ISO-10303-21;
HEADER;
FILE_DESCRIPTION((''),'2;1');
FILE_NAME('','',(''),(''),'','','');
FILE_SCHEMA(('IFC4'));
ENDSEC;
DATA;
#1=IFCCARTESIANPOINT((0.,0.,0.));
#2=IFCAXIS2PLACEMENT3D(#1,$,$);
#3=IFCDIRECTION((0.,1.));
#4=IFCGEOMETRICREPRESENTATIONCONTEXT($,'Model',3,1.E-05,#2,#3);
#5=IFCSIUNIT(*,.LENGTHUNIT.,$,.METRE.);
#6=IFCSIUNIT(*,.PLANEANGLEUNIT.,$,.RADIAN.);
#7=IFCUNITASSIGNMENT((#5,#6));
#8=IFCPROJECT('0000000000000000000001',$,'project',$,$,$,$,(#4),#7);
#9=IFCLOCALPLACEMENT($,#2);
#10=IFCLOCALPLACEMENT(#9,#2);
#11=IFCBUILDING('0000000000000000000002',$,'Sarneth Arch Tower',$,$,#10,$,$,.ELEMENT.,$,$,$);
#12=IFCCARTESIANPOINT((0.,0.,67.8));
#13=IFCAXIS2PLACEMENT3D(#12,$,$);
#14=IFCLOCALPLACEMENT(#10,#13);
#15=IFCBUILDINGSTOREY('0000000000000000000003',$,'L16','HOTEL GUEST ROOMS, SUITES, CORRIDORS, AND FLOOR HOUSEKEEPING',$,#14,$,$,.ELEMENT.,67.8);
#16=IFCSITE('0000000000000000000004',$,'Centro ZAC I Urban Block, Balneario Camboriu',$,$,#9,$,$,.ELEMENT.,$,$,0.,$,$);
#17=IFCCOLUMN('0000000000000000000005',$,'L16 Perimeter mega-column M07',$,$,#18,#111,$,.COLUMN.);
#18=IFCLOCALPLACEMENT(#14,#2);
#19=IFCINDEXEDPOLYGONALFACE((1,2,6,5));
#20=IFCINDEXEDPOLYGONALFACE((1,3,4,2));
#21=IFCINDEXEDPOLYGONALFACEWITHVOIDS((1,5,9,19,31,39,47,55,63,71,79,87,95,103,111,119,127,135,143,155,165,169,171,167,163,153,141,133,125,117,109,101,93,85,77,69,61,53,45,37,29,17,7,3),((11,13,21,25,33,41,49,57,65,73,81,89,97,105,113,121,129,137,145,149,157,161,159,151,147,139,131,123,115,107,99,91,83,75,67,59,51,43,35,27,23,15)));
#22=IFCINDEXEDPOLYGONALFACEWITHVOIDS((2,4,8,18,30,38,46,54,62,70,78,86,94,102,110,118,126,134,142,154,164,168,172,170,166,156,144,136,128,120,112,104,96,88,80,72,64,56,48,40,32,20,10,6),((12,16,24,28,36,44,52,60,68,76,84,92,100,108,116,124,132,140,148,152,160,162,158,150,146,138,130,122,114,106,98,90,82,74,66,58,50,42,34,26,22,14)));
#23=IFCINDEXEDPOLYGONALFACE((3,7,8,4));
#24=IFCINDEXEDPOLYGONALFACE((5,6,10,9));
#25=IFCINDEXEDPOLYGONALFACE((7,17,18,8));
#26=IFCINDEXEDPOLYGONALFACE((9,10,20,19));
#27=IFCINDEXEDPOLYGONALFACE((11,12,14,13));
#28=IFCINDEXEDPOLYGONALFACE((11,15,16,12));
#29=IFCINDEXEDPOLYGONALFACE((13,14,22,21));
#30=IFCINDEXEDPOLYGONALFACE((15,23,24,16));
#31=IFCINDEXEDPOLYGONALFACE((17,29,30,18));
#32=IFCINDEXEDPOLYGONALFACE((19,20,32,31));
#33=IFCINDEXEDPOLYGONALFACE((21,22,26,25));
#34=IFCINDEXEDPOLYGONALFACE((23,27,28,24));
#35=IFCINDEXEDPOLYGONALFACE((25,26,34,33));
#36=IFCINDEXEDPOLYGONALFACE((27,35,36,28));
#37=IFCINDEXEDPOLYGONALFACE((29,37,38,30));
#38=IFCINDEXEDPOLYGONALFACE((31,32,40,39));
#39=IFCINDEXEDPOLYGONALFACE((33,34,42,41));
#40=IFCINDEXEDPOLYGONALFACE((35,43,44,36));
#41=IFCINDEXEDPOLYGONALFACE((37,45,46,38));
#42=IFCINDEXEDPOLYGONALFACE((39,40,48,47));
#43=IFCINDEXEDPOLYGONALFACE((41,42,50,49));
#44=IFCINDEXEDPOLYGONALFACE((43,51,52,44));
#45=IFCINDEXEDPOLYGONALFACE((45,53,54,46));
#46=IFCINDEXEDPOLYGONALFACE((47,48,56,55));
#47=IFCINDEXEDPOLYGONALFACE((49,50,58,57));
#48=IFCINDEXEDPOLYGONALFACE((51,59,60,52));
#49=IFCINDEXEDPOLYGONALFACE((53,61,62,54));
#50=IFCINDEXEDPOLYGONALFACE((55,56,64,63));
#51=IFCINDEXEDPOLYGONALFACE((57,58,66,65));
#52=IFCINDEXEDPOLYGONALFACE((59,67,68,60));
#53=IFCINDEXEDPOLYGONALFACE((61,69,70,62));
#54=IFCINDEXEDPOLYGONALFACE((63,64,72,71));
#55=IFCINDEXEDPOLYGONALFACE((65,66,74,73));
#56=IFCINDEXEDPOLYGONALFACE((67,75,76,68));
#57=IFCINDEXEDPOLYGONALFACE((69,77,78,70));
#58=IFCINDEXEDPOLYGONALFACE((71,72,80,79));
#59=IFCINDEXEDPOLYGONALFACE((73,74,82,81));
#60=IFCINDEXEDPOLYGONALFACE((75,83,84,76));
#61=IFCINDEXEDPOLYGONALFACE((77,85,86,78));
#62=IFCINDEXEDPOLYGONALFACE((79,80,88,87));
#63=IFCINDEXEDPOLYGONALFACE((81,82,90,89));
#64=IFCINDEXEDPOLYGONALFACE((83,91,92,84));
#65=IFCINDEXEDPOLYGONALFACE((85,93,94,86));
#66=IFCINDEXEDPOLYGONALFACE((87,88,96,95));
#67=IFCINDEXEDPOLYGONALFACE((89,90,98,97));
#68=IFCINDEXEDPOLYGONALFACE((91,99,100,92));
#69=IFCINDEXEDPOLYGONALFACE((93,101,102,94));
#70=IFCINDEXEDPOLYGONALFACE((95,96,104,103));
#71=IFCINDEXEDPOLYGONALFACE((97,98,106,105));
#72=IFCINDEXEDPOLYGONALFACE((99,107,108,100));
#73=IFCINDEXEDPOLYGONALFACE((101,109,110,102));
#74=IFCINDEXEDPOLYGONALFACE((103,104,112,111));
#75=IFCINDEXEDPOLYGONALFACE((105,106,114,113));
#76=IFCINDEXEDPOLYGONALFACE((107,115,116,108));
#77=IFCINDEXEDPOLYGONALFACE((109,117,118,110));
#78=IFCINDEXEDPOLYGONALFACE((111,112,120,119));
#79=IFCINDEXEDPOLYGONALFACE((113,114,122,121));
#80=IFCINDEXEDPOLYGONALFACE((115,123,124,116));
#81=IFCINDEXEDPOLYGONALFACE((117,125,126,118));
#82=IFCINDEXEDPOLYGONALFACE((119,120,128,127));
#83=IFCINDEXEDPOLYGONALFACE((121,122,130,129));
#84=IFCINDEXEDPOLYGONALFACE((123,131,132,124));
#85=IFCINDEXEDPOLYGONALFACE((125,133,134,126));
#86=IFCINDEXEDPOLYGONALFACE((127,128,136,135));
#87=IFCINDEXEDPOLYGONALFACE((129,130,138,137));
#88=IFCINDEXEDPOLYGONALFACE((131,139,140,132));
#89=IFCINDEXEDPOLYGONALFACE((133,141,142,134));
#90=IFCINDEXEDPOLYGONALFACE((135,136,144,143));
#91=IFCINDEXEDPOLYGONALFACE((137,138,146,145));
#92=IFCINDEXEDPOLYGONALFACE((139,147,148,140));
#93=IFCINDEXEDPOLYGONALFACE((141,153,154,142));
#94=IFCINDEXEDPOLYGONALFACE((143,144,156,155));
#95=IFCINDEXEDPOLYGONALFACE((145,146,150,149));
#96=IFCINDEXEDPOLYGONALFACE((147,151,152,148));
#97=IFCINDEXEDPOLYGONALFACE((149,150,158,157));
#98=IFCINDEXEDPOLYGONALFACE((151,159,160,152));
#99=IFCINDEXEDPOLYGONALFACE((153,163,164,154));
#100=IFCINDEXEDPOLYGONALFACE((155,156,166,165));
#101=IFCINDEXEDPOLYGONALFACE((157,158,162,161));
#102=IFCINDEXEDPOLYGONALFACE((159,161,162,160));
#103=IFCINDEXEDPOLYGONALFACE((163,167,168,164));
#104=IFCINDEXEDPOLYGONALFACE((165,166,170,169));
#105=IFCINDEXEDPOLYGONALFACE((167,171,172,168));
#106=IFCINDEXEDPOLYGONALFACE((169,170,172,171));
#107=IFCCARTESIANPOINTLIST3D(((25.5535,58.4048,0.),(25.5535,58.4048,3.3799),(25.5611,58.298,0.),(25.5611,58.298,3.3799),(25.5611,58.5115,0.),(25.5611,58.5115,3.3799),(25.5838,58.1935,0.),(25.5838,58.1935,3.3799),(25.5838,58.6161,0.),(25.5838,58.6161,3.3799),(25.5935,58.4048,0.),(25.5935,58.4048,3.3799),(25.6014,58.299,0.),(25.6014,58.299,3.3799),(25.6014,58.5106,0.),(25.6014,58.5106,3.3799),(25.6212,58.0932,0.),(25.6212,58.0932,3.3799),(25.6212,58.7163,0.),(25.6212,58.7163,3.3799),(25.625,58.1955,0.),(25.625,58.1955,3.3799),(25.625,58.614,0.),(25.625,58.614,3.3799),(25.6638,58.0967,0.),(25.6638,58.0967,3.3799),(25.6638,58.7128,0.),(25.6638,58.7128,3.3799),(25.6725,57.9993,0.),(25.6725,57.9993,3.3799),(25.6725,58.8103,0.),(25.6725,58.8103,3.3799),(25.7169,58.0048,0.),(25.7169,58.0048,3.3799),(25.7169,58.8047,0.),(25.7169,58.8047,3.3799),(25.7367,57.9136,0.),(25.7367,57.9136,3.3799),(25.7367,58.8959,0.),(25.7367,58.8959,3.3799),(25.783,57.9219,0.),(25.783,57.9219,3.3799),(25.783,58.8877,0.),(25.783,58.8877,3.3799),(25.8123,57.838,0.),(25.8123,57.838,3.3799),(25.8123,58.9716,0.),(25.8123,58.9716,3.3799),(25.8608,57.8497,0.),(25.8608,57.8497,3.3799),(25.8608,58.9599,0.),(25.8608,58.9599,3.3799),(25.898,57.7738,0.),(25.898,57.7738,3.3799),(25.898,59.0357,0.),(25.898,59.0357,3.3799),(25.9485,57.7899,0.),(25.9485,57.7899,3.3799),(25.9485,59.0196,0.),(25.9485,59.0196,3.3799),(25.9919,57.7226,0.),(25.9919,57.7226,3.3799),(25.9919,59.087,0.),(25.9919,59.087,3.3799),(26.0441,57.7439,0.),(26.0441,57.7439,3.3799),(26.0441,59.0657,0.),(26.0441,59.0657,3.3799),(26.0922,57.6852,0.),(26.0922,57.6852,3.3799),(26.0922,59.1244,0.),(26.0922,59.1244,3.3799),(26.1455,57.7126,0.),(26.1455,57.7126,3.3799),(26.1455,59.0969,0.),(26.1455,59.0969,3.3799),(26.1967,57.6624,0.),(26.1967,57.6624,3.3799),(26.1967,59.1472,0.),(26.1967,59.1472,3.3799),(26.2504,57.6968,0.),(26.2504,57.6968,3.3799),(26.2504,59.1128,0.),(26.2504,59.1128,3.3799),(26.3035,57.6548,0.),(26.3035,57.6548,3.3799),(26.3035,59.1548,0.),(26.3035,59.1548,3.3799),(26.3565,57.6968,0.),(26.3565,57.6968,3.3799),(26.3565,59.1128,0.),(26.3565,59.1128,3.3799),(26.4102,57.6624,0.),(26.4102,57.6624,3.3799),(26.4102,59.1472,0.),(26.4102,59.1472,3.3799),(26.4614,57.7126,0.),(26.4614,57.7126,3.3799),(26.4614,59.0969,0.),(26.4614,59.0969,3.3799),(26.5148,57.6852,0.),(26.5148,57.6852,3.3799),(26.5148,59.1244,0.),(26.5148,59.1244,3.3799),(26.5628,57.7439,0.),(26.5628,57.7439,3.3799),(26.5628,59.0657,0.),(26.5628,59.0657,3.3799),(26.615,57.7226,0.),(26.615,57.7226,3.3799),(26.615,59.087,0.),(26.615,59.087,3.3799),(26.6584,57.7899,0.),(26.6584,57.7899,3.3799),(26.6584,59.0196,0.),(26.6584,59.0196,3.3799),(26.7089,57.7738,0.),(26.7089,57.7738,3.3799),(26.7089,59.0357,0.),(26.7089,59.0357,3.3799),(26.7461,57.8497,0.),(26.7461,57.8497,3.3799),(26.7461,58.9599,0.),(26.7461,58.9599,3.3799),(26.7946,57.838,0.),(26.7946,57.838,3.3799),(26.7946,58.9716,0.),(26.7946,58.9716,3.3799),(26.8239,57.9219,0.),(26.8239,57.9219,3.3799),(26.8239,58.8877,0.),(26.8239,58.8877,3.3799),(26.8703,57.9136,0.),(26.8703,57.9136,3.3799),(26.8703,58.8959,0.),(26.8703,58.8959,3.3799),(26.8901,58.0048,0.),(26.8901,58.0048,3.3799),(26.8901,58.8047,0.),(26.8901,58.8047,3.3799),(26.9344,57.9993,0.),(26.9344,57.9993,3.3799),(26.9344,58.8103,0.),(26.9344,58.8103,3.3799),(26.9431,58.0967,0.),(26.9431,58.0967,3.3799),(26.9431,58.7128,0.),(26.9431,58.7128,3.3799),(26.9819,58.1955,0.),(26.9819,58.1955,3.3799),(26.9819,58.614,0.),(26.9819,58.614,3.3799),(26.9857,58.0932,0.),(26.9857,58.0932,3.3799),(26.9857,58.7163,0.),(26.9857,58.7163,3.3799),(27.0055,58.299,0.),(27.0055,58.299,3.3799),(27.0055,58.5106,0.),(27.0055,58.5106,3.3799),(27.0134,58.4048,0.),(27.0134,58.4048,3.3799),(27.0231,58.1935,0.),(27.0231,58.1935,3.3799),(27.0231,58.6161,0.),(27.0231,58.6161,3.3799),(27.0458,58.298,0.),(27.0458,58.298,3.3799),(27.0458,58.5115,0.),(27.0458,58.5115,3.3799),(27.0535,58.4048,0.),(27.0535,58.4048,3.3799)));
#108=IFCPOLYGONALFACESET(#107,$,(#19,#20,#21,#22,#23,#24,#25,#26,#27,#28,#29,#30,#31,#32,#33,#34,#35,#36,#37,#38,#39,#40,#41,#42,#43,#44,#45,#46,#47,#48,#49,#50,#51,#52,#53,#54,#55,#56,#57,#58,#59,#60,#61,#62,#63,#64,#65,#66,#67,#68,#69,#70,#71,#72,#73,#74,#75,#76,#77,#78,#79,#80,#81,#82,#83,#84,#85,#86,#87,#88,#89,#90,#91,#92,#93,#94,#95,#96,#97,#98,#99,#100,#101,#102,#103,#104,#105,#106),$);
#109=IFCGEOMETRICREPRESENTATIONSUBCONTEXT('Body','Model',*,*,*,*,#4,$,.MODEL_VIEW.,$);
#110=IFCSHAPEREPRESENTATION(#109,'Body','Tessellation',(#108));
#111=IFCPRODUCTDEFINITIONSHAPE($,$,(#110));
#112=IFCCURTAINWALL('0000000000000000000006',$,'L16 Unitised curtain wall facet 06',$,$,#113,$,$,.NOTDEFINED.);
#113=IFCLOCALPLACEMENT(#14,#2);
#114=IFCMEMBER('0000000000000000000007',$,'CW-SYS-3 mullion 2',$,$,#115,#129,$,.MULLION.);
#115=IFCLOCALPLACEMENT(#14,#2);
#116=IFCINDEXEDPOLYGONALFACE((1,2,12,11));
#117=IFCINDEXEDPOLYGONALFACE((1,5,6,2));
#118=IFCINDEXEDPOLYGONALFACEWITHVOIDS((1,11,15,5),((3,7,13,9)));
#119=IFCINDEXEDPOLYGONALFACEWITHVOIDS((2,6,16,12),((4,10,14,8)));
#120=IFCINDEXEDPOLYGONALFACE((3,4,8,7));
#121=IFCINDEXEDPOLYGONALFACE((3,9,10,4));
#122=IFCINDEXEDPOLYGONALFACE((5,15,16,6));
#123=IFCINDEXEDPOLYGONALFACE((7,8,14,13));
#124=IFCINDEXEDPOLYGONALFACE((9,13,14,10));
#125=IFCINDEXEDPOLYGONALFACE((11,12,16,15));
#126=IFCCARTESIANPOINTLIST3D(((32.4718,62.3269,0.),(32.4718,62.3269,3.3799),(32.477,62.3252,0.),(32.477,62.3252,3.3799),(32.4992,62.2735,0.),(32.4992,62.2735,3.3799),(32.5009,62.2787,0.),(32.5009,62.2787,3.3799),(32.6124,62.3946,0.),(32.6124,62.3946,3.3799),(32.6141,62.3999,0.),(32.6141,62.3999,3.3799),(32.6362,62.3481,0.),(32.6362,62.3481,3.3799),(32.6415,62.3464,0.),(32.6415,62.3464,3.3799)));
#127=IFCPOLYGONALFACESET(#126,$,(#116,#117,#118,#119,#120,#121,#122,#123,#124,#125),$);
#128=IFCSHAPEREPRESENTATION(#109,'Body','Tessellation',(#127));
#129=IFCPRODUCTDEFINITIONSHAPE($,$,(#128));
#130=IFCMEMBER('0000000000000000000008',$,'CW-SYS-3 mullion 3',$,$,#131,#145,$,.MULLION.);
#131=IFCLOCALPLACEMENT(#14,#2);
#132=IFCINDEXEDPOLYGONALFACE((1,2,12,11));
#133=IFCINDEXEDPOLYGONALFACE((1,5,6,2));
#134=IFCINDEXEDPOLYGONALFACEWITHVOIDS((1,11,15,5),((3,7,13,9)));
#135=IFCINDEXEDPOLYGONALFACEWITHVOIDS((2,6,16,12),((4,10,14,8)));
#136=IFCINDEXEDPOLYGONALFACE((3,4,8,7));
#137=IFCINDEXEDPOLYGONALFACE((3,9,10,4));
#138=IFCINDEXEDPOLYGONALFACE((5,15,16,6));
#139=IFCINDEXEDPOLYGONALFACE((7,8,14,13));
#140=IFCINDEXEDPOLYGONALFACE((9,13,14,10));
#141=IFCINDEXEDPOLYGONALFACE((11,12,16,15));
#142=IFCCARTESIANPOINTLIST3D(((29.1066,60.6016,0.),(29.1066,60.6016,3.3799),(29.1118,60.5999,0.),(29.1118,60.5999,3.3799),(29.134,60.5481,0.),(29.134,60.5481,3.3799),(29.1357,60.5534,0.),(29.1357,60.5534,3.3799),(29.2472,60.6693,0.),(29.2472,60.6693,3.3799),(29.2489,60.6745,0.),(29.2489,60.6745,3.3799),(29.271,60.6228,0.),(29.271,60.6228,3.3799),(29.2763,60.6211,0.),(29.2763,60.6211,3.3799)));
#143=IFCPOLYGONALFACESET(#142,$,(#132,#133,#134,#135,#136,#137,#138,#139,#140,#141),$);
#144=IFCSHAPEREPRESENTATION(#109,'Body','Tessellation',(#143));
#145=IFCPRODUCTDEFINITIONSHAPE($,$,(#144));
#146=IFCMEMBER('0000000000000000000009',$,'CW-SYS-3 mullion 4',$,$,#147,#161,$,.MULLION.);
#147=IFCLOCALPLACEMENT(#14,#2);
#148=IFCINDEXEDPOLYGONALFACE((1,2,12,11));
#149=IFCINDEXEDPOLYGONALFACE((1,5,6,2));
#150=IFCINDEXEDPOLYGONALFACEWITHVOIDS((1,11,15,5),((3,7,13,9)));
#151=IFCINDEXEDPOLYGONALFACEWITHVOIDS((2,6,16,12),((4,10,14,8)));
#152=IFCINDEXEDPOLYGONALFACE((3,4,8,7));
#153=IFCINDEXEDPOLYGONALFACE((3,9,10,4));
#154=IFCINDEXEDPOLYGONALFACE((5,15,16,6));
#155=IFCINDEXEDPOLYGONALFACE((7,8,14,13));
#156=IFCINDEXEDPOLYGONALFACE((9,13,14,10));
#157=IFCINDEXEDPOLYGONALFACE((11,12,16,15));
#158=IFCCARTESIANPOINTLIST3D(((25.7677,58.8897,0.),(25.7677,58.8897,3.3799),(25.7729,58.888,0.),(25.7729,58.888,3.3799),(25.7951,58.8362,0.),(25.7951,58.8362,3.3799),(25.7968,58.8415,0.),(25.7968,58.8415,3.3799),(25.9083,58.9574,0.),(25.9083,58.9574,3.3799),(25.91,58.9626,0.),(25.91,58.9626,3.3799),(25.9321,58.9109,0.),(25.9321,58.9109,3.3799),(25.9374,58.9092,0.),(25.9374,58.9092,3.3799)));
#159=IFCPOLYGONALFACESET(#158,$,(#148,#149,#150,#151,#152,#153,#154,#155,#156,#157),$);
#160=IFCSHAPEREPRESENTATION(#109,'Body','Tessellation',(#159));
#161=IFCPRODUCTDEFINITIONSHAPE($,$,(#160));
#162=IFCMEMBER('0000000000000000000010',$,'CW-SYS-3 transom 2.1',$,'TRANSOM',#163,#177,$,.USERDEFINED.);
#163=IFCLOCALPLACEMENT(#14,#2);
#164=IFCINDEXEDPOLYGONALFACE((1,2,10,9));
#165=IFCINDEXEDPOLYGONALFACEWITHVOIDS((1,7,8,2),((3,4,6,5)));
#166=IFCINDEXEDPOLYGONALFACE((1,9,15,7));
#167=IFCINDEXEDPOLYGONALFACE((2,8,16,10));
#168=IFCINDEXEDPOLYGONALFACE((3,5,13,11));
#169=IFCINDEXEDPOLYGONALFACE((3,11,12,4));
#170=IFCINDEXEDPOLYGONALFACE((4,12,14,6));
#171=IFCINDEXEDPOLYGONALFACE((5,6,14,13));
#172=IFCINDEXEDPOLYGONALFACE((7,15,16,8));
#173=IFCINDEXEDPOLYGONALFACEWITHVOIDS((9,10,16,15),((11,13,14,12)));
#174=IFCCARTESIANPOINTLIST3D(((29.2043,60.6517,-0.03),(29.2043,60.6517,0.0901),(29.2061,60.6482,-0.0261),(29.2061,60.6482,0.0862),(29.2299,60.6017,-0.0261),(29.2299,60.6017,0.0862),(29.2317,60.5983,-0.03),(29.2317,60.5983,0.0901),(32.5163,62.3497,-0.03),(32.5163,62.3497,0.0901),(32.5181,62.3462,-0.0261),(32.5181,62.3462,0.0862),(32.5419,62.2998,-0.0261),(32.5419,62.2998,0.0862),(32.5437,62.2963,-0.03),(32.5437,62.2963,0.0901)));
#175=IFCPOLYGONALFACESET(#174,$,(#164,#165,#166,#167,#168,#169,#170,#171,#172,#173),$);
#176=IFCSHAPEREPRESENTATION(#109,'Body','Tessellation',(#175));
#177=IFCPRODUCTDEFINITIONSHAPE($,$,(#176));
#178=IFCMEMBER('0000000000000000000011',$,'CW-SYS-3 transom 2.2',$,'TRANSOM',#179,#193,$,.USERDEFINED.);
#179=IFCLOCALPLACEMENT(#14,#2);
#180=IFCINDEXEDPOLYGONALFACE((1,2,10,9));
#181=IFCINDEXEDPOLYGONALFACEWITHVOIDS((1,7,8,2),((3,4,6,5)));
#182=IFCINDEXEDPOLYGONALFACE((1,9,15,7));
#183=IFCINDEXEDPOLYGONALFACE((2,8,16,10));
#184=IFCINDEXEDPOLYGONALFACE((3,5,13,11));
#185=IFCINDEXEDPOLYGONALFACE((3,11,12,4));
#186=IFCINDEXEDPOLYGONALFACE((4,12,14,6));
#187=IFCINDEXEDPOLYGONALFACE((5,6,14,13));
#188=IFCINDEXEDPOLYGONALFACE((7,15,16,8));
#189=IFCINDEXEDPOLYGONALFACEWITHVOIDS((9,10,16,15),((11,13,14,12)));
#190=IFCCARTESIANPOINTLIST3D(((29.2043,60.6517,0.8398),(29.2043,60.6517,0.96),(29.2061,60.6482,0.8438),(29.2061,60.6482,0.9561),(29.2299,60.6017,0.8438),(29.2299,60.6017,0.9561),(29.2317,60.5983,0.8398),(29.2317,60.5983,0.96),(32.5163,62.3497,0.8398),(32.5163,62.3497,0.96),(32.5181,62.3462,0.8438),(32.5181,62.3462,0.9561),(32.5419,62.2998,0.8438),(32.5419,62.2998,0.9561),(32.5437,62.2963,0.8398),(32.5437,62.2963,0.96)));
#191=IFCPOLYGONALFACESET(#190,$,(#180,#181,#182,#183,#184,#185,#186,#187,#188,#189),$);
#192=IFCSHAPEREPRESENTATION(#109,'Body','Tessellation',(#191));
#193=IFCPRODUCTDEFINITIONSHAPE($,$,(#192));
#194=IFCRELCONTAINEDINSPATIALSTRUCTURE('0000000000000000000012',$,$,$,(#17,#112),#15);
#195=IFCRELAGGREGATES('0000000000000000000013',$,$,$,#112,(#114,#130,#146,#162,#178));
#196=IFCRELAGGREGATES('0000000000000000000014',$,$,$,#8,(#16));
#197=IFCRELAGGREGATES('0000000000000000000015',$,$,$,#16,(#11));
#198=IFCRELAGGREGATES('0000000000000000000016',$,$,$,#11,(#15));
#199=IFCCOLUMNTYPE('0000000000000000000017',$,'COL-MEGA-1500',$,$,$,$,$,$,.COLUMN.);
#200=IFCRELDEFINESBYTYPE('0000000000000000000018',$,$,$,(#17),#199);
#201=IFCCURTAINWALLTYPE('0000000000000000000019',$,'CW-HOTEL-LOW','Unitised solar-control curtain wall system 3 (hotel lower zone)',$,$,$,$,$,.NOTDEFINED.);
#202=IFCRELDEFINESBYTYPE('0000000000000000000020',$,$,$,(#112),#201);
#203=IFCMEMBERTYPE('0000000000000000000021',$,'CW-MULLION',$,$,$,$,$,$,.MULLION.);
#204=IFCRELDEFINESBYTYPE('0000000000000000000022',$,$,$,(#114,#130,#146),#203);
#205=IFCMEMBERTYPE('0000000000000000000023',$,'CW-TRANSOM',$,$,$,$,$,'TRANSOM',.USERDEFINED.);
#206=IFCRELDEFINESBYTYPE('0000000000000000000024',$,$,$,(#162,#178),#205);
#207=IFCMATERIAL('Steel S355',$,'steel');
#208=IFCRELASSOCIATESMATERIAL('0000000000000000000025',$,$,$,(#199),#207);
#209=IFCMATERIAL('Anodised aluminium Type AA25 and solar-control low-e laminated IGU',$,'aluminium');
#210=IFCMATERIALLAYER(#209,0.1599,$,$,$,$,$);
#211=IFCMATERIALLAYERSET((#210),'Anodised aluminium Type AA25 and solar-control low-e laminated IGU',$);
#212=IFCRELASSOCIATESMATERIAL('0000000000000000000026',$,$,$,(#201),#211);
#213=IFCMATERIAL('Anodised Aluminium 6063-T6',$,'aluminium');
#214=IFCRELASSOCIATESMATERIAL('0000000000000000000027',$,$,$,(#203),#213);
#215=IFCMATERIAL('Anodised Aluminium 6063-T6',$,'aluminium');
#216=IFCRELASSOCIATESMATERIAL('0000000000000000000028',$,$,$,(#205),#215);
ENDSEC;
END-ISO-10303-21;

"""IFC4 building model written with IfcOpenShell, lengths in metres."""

from ifc_helpers import new_model, si_unit, direction, frame, origin, origin_2d, place, context, subcontext, project, spatial, hollow_rectangle, hollow_circle, extrude, material, layer, layer_set, material_profile, profile_set, type_object, element, aggregate, save


model = new_model("IFC4")

# Units and contexts
model_context = context("Model", 3, precision=1e-05, world=origin(), true_north=direction((0.0, 1.0)))
body_context = subcontext(model_context, "Body", "Model", "MODEL_VIEW")
ifc_project = project(units=[si_unit("LENGTHUNIT", "METRE"), si_unit("PLANEANGLEUNIT", "RADIAN")], contexts=[model_context])

# Site, building, storey
site_placement = place(None, origin())
site = spatial("IfcSite", under=ifc_project, at=site_placement, Name="Centro ZAC I Urban Block, Balneario Camboriu", CompositionType="ELEMENT", RefElevation=0.0)
building_placement = place(site_placement, origin())
building = spatial("IfcBuilding", under=site, at=building_placement, Name="Sarneth Arch Tower", CompositionType="ELEMENT")
storey_placement = place(building_placement, frame((0.0, 0.0, 67.8)))
storey = spatial("IfcBuildingStorey", under=building, at=storey_placement, Name="L16", Description="HOTEL GUEST ROOMS, SUITES, CORRIDORS, AND FLOOR HOUSEKEEPING", CompositionType="ELEMENT", Elevation=67.8)

# Column
ifc_material_1 = material(Name="Steel S355", Category="steel")
ifc_material_profile_1 = material_profile(ifc_material_1, hollow_circle(Radius=0.75, WallThickness=0.04, at=origin_2d()), Name="CHS1500x40")
ifc_profile_set_1 = profile_set([ifc_material_profile_1], Name="Steel S355")
column_type = type_object("IfcColumnType", Name="COL-MEGA-1500", PredefinedType="COLUMN", material=ifc_profile_set_1)
column_placement = place(storey_placement, frame((26.3035, 58.4048, 0.0), z_axis=(0.0, 0.0, 1.0), x_axis=(1.0, 0.0, 0.0)))
element("IfcColumn", 1, at=column_placement, inside=storey, type_object=column_type, Name="L16 Perimeter mega-column M07", PredefinedType="COLUMN", context=body_context, shape_type="SweptSolid", body=[
    extrude(hollow_circle(Radius=0.75, WallThickness=0.04, at=origin_2d()), origin(), (0.0, 0.0, 1.0), 3.3799),
])

# Curtain wall, members
ifc_material_2 = material(Name="Anodised aluminium Type AA25 and solar-control low-e laminated IGU", Category="aluminium")
ifc_layer_1 = layer(ifc_material_2, 0.1599)
ifc_layer_set_1 = layer_set([ifc_layer_1], Name="Anodised aluminium Type AA25 and solar-control low-e laminated IGU")
curtain_wall_type = type_object("IfcCurtainWallType", Name="CW-HOTEL-LOW", Description="Unitised solar-control curtain wall system 3 (hotel lower zone)", PredefinedType="NOTDEFINED", material=ifc_layer_set_1)
curtain_wall_placement = place(storey_placement, origin())
curtain_wall = element("IfcCurtainWall", 2, at=curtain_wall_placement, inside=storey, type_object=curtain_wall_type, Name="L16 Unitised curtain wall facet 06", PredefinedType="NOTDEFINED")
ifc_material_3 = material(Name="Anodised Aluminium 6063-T6", Category="aluminium")
ifc_material_profile_2 = material_profile(ifc_material_3, hollow_rectangle(XDim=0.0601, YDim=0.1599, WallThickness=0.0039, at=origin_2d()), Name="AL-MULL-160x60x4")
ifc_profile_set_2 = profile_set([ifc_material_profile_2], Name="Anodised Aluminium 6063-T6")
member_type_1 = type_object("IfcMemberType", Name="CW-MULLION", PredefinedType="MULLION", material=ifc_profile_set_2)
member_1_placement = place(storey_placement, frame((32.5566, 62.3367, 0.0), z_axis=(0.0, 0.0, 1.0), x_axis=(0.456245, -0.889854, 0.0)))
member_1 = element("IfcMember", 3, at=member_1_placement, type_object=member_type_1, Name="CW-SYS-3 mullion 2", PredefinedType="MULLION", context=body_context, shape_type="SweptSolid", body=[
    extrude(hollow_rectangle(XDim=0.0601, YDim=0.1599, WallThickness=0.0039, at=origin_2d()), origin(), (0.0, 0.0, 1.0), 3.3799),
])
member_2_placement = place(storey_placement, frame((29.1914, 60.6113, 0.0), z_axis=(0.0, 0.0, 1.0), x_axis=(0.456245, -0.889854, 0.0)))
member_2 = element("IfcMember", 4, at=member_2_placement, type_object=member_type_1, Name="CW-SYS-3 mullion 3", PredefinedType="MULLION", context=body_context, shape_type="SweptSolid", body=[
    extrude(hollow_rectangle(XDim=0.0601, YDim=0.1599, WallThickness=0.0039, at=origin_2d()), origin(), (0.0, 0.0, 1.0), 3.3799),
])
member_3_placement = place(storey_placement, frame((25.8525, 58.8994, 0.0), z_axis=(0.0, 0.0, 1.0), x_axis=(0.456245, -0.889854, 0.0)))
member_3 = element("IfcMember", 5, at=member_3_placement, type_object=member_type_1, Name="CW-SYS-3 mullion 4", PredefinedType="MULLION", context=body_context, shape_type="SweptSolid", body=[
    extrude(hollow_rectangle(XDim=0.0601, YDim=0.1599, WallThickness=0.0039, at=origin_2d()), origin(), (0.0, 0.0, 1.0), 3.3799),
])
ifc_material_4 = material(Name="Anodised Aluminium 6063-T6", Category="aluminium")
ifc_material_profile_3 = material_profile(ifc_material_4, hollow_rectangle(XDim=0.0601, YDim=0.1201, WallThickness=0.0039, at=origin_2d()), Name="AL-TRAN-120x60x4")
ifc_profile_set_3 = profile_set([ifc_material_profile_3], Name="Anodised Aluminium 6063-T6")
member_type_2 = type_object("IfcMemberType", Name="CW-TRANSOM", ElementType="TRANSOM", PredefinedType="USERDEFINED", material=ifc_profile_set_3)
member_4_placement = place(storey_placement, frame((32.53, 62.323, 0.03), z_axis=(-0.889869, -0.456217, 0.0), x_axis=(0.456217, -0.889869, 0.0)))
member_4 = element("IfcMember", 6, at=member_4_placement, type_object=member_type_2, Name="CW-SYS-3 transom 2.1", ObjectType="TRANSOM", PredefinedType="USERDEFINED", context=body_context, shape_type="SweptSolid", body=[
    extrude(hollow_rectangle(XDim=0.0601, YDim=0.1201, WallThickness=0.0039, at=origin_2d()), origin(), (0.0, 0.0, 1.0), 3.7219),
])
member_5_placement = place(storey_placement, frame((32.53, 62.323, 0.8999), z_axis=(-0.889869, -0.456217, 0.0), x_axis=(0.456217, -0.889869, 0.0)))
member_5 = element("IfcMember", 7, at=member_5_placement, type_object=member_type_2, Name="CW-SYS-3 transom 2.2", ObjectType="TRANSOM", PredefinedType="USERDEFINED", context=body_context, shape_type="SweptSolid", body=[
    extrude(hollow_rectangle(XDim=0.0601, YDim=0.1201, WallThickness=0.0039, at=origin_2d()), origin(), (0.0, 0.0, 1.0), 3.7219),
])

aggregate(curtain_wall, [member_1, member_2, member_3, member_4, member_5])

save(model, "model.ifc")
